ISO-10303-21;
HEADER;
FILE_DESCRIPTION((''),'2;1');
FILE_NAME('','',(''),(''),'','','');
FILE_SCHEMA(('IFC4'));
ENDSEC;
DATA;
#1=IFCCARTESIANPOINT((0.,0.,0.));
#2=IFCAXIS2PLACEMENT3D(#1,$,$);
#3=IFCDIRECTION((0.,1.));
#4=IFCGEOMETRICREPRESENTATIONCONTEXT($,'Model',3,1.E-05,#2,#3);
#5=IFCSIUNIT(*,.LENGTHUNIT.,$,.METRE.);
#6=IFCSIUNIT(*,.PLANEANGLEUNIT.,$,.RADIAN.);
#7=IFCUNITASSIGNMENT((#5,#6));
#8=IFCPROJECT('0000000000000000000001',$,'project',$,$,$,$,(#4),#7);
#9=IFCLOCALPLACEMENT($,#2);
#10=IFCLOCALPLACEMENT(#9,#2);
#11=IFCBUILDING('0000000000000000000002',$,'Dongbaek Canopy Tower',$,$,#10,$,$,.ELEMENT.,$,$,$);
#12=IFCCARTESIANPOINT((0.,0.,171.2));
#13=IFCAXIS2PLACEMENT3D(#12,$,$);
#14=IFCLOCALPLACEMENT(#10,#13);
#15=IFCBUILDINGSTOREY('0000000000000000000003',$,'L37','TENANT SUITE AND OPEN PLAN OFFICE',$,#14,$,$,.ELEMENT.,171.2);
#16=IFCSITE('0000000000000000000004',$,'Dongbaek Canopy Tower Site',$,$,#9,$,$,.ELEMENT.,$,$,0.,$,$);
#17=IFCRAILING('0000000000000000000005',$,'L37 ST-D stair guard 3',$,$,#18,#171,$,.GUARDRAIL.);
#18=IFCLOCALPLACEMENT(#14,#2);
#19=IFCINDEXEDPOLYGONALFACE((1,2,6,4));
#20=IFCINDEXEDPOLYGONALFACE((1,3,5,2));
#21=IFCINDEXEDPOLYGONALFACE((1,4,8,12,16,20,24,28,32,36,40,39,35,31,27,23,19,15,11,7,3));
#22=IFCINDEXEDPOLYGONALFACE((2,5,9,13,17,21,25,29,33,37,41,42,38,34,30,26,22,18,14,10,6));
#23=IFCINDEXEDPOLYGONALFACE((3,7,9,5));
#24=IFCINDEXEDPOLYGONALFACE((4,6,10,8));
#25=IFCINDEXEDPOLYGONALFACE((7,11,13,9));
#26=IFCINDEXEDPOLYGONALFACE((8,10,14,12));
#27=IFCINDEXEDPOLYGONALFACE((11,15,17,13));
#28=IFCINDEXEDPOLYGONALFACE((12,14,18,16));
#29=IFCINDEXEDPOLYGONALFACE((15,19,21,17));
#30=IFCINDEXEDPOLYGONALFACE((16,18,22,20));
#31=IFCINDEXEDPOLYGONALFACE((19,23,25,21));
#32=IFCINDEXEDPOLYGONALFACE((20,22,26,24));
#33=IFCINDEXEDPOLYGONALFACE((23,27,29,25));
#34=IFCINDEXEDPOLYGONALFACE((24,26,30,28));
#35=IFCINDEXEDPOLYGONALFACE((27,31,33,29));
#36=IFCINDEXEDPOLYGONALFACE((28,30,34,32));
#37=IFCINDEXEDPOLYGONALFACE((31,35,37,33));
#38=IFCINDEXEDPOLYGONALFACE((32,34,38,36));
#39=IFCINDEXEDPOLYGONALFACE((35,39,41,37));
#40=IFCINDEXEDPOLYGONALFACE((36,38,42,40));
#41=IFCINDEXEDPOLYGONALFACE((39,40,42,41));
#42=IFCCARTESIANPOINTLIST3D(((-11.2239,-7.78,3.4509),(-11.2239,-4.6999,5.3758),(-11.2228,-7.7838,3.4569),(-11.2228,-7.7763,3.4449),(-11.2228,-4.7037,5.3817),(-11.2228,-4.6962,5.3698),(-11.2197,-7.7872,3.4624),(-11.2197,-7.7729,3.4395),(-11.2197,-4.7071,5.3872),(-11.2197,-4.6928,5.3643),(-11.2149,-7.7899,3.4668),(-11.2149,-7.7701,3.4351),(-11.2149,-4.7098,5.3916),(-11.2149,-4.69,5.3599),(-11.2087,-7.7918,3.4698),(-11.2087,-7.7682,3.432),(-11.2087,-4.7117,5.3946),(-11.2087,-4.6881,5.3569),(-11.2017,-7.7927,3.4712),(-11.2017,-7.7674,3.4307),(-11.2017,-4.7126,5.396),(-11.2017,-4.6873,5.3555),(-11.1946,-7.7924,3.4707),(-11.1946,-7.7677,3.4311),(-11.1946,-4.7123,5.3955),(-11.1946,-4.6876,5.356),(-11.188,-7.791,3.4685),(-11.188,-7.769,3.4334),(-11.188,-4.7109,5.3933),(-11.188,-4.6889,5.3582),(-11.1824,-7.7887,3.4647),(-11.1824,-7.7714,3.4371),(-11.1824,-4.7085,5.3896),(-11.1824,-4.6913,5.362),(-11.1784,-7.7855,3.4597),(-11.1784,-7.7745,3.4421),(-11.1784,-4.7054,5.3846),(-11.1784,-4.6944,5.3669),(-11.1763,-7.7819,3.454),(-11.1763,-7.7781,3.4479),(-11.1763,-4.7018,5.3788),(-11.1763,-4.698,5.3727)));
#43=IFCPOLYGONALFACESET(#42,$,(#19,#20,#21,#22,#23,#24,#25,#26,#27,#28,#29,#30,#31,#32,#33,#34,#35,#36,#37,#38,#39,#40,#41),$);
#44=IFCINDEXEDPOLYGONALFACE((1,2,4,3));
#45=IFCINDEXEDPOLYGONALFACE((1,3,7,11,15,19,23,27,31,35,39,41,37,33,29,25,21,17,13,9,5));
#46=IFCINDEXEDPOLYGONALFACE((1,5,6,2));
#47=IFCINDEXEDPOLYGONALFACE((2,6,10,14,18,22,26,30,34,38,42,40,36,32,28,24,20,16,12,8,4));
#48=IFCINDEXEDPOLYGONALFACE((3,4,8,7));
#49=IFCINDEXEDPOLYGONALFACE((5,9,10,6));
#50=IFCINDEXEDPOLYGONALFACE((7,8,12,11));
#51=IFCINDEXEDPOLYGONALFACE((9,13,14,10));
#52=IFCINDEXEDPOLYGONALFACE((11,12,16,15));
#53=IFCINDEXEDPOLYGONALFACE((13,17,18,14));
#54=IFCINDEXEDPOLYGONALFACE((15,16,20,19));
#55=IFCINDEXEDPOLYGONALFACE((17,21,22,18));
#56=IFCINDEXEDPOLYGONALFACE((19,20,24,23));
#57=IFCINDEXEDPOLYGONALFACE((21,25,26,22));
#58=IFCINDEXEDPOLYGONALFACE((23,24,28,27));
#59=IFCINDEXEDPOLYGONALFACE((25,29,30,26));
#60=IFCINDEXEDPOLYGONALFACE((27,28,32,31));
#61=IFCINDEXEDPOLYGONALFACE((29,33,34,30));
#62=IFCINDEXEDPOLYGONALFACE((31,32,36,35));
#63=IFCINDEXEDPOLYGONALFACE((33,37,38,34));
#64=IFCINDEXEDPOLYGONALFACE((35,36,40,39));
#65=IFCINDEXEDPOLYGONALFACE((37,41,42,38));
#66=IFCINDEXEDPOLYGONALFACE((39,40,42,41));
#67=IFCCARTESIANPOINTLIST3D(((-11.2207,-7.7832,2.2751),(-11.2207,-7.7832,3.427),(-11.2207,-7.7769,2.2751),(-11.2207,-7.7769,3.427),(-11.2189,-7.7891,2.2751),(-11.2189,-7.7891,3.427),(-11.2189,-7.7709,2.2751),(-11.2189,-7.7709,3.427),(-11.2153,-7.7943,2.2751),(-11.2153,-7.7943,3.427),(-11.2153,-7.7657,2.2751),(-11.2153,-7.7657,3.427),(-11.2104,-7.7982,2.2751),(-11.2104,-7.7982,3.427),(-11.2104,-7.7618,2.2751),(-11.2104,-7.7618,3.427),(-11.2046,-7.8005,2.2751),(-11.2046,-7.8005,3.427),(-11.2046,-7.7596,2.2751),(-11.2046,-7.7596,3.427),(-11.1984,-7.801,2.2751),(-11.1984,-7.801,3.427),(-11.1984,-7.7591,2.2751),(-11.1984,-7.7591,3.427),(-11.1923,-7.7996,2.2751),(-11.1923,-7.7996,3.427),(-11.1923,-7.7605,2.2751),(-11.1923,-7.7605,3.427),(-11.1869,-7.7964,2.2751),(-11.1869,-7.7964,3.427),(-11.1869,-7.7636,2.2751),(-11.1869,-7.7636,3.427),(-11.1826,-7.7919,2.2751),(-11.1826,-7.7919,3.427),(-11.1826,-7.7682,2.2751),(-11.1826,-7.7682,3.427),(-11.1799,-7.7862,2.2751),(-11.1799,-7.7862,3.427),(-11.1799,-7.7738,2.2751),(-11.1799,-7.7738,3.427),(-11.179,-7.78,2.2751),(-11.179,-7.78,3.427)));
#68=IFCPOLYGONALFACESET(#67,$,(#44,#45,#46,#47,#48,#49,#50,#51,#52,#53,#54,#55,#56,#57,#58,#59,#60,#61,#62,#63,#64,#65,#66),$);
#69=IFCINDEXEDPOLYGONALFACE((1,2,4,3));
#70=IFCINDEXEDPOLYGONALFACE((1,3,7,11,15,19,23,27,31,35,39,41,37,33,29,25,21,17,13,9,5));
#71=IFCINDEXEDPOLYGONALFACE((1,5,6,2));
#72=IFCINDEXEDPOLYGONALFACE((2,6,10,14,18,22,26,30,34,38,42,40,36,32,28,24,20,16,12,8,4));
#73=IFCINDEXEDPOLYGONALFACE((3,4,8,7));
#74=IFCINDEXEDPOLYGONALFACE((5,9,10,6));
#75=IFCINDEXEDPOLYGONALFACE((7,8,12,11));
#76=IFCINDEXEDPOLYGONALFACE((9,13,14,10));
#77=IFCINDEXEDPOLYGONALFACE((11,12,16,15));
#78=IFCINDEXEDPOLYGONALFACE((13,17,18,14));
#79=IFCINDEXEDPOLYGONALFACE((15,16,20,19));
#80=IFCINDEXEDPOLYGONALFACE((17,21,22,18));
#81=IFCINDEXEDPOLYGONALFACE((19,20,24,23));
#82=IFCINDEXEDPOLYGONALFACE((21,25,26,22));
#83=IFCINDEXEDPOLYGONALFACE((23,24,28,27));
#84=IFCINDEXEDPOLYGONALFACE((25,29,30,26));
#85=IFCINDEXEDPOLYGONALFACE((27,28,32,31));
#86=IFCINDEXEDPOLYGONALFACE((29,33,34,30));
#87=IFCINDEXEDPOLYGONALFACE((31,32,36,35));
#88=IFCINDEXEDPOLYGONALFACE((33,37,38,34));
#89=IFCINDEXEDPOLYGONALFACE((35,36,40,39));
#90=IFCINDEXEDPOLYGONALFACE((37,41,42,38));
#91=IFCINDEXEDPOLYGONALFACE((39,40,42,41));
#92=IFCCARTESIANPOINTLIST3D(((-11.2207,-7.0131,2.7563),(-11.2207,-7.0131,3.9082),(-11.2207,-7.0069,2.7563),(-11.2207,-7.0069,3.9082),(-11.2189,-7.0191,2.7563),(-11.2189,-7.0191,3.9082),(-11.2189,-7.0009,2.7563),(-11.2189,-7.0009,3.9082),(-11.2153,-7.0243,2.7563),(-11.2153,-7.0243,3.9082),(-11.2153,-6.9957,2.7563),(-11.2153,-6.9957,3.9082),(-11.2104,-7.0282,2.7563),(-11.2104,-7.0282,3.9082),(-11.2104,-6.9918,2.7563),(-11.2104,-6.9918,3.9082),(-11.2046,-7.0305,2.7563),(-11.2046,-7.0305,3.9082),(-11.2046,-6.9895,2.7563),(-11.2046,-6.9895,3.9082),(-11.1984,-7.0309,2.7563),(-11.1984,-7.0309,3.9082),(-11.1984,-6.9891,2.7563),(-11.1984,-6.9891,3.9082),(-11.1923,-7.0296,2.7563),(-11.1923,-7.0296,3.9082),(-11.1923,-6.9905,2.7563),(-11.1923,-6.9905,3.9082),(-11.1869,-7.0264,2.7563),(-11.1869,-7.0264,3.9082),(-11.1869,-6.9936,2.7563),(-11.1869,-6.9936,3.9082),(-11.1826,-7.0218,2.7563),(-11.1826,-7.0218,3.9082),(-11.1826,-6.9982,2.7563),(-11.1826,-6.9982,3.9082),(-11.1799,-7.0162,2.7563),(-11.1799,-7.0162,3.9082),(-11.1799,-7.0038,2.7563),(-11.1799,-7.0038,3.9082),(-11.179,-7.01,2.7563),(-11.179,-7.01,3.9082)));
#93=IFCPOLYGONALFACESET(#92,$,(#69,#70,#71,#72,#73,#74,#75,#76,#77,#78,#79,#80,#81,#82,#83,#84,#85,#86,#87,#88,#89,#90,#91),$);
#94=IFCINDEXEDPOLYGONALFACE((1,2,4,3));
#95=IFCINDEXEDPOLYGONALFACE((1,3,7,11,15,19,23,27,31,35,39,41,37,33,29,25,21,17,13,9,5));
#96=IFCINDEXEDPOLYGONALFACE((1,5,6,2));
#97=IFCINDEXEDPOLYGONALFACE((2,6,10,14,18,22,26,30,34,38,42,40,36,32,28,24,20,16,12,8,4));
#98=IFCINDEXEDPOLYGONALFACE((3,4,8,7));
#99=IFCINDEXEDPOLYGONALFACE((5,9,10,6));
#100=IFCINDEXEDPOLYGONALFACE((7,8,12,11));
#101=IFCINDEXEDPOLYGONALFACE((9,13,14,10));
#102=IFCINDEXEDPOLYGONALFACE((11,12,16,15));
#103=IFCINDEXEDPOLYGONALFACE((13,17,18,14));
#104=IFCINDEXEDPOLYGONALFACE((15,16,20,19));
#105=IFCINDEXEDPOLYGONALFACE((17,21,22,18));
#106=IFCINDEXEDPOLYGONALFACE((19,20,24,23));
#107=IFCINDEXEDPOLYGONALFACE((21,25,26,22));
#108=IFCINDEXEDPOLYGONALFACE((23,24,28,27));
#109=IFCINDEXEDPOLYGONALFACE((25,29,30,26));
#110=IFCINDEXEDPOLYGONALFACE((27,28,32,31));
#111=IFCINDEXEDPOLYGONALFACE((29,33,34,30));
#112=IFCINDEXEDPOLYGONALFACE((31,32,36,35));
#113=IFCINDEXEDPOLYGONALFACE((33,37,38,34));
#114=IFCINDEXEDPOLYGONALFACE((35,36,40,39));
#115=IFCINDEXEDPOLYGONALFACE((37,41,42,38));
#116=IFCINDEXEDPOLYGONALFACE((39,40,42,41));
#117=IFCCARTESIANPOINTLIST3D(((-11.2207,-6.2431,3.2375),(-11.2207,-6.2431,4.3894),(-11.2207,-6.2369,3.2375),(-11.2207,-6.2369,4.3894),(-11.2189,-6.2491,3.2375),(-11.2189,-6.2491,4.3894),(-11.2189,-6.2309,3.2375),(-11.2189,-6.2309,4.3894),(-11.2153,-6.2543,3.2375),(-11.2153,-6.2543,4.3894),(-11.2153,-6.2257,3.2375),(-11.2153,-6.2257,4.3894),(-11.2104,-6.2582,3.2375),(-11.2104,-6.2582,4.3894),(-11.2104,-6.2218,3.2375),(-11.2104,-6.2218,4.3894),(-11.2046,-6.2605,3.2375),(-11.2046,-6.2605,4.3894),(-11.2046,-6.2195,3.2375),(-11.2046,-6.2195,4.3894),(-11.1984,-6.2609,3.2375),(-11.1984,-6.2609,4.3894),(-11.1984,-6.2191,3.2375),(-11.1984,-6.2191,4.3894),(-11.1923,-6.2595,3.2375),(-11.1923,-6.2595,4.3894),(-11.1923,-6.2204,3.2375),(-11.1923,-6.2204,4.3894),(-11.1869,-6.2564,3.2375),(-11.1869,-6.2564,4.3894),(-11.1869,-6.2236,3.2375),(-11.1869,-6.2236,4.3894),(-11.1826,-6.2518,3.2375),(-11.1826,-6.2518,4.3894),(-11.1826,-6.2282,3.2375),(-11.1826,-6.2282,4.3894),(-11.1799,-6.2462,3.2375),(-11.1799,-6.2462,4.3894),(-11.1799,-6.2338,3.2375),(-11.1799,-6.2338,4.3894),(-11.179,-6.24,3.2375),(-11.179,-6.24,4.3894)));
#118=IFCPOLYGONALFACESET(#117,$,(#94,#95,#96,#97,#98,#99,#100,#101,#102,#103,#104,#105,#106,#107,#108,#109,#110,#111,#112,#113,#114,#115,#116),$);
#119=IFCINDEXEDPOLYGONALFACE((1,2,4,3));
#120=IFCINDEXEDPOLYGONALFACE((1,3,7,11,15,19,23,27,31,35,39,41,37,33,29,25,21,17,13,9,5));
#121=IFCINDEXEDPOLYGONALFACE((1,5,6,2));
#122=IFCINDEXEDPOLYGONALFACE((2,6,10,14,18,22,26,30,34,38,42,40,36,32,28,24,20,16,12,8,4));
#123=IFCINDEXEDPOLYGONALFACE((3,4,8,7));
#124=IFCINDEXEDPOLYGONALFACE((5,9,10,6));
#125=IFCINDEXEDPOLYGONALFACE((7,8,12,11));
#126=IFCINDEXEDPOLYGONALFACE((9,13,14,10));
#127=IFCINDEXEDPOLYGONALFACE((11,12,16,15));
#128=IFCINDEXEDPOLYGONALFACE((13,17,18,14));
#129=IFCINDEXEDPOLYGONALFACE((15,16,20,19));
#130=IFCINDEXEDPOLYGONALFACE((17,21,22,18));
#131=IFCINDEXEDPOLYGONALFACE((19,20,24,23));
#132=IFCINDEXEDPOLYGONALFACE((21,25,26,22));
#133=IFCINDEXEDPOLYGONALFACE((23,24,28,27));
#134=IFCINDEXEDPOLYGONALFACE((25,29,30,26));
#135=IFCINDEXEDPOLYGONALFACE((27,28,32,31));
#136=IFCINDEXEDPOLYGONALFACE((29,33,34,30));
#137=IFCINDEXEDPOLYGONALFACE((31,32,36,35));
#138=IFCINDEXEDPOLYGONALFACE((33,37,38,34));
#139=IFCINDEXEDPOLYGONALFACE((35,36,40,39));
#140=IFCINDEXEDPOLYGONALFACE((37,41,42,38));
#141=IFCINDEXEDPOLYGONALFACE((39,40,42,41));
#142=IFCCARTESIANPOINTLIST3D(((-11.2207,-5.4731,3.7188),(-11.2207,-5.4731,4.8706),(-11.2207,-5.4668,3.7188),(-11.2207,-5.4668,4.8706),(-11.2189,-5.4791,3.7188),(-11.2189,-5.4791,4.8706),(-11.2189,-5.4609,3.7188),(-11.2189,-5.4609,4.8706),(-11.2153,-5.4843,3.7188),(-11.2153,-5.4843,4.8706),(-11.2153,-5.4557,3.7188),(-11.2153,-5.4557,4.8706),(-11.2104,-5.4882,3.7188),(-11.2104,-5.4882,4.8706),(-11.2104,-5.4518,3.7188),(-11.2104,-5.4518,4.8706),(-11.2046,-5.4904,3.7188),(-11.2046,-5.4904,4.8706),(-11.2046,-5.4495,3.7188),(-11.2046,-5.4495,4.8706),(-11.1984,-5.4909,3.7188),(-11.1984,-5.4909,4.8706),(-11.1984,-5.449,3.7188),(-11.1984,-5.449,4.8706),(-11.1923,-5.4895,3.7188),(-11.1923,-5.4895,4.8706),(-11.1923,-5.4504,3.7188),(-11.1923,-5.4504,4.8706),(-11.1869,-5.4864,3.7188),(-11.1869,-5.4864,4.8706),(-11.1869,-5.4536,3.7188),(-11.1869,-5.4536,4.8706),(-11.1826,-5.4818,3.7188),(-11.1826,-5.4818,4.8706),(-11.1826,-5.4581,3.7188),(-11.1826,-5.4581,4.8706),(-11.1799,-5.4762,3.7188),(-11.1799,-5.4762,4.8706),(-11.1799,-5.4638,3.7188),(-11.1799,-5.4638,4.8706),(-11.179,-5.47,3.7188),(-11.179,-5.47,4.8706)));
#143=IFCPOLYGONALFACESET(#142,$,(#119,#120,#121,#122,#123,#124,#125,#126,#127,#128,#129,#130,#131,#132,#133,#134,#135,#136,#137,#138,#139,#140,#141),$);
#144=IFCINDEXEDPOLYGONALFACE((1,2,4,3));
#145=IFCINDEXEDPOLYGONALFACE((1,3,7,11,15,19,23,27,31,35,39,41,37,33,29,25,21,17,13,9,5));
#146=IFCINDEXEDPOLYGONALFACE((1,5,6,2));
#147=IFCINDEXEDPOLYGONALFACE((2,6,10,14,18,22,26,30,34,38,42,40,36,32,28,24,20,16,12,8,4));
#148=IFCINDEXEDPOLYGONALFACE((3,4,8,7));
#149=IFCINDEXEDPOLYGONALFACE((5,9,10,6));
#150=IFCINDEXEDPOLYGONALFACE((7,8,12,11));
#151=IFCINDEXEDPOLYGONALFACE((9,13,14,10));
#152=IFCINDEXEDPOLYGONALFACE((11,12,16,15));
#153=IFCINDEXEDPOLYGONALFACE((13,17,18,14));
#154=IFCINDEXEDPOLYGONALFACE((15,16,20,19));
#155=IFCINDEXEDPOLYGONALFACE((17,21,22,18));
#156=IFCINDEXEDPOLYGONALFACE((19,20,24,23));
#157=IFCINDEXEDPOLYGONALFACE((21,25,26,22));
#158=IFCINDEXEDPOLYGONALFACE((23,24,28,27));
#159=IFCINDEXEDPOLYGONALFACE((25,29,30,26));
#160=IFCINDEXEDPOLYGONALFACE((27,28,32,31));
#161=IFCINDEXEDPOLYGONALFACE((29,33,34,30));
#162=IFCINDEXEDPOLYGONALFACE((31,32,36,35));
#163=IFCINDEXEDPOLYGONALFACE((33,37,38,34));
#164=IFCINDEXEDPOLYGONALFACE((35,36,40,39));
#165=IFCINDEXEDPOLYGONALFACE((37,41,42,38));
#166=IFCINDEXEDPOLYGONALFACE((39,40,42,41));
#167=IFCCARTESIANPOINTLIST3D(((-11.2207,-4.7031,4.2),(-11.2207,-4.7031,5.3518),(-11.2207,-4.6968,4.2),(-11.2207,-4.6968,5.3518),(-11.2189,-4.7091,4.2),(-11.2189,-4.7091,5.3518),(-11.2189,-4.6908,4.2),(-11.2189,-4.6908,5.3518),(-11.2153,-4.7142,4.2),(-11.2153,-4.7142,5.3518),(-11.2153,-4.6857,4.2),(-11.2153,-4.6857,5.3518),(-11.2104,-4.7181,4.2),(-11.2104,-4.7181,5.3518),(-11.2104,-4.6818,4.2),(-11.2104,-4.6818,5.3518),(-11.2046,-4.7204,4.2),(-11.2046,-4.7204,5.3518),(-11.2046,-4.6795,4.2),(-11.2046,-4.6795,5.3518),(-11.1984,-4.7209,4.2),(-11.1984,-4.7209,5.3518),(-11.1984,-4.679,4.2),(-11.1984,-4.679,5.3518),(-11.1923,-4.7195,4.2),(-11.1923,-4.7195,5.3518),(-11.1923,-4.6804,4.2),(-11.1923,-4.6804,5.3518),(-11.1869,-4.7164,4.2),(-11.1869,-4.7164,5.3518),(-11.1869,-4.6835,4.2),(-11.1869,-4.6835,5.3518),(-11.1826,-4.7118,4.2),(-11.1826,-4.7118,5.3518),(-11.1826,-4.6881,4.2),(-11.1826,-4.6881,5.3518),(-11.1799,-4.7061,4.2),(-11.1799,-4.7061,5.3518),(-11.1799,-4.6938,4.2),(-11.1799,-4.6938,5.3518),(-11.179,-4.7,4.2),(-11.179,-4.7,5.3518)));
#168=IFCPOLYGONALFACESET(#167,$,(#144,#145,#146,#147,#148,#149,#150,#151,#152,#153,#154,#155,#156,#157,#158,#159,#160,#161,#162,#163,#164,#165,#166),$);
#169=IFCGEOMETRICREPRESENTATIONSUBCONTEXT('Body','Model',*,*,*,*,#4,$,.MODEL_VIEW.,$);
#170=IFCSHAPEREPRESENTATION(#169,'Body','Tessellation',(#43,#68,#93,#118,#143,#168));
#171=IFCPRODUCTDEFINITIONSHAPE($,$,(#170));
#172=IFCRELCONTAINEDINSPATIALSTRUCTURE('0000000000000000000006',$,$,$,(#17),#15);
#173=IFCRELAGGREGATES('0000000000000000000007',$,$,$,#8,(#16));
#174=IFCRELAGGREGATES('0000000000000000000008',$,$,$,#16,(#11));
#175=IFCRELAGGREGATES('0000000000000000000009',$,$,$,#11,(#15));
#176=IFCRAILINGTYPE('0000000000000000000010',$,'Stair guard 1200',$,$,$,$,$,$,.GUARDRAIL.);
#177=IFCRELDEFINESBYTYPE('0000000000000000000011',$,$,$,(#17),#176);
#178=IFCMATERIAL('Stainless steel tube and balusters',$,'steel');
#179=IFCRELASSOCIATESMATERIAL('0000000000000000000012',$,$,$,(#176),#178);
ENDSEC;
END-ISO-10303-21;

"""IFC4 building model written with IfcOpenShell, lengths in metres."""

from ifc_helpers import new_model, si_unit, direction, frame, origin, origin_2d, place, context, subcontext, project, spatial, circle, extrude, material, type_object, element, save


model = new_model("IFC4")

# Units and contexts
model_context = context("Model", 3, precision=1e-05, world=origin(), true_north=direction((0.0, 1.0)))
body_context = subcontext(model_context, "Body", "Model", "MODEL_VIEW")
ifc_project = project(units=[si_unit("LENGTHUNIT", "METRE"), si_unit("PLANEANGLEUNIT", "RADIAN")], contexts=[model_context])

# Site, building, storey
site_placement = place(None, origin())
site = spatial("IfcSite", under=ifc_project, at=site_placement, Name="Dongbaek Canopy Tower Site", CompositionType="ELEMENT", RefElevation=0.0)
building_placement = place(site_placement, origin())
building = spatial("IfcBuilding", under=site, at=building_placement, Name="Dongbaek Canopy Tower", CompositionType="ELEMENT")
storey_placement = place(building_placement, frame((0.0, 0.0, 171.2)))
storey = spatial("IfcBuildingStorey", under=building, at=storey_placement, Name="L37", Description="TENANT SUITE AND OPEN PLAN OFFICE", CompositionType="ELEMENT", Elevation=171.2)

# Railing
ifc_material_1 = material(Name="Stainless steel tube and balusters", Category="steel")
railing_type_1 = type_object("IfcRailingType", Name="Stair guard 1200", PredefinedType="GUARDRAIL", material=ifc_material_1)
railing_1_placement = place(storey_placement, frame((-11.2, -7.78, 2.2751)))
element("IfcRailing", 1, at=railing_1_placement, inside=storey, type_object=railing_type_1, Name="L37 ST-D stair guard 3", PredefinedType="GUARDRAIL", context=body_context, shape_type="SweptSolid", body=[
    extrude(circle(Radius=0.0239, at=origin_2d()), frame((0.0, 0.0, 1.1758), z_axis=(0.0, 0.848029, 0.529951), x_axis=(-1.0, 0.0, 0.0)), (0.0, 0.0, 1.0), 3.6321),
    extrude(circle(Radius=0.021, at=origin_2d()), origin(), (0.0, 0.0, 1.0), 1.1519),
    extrude(circle(Radius=0.021, at=origin_2d()), frame((0.0, 0.77, 0.4812)), (0.0, 0.0, 1.0), 1.1519),
    extrude(circle(Radius=0.021, at=origin_2d()), frame((0.0, 1.54, 0.9624)), (0.0, 0.0, 1.0), 1.1519),
    extrude(circle(Radius=0.021, at=origin_2d()), frame((0.0, 2.3101, 1.4436)), (0.0, 0.0, 1.0), 1.1519),
    extrude(circle(Radius=0.021, at=origin_2d()), frame((0.0, 3.0801, 1.9248)), (0.0, 0.0, 1.0), 1.1519),
])

save(model, "model.ifc")
